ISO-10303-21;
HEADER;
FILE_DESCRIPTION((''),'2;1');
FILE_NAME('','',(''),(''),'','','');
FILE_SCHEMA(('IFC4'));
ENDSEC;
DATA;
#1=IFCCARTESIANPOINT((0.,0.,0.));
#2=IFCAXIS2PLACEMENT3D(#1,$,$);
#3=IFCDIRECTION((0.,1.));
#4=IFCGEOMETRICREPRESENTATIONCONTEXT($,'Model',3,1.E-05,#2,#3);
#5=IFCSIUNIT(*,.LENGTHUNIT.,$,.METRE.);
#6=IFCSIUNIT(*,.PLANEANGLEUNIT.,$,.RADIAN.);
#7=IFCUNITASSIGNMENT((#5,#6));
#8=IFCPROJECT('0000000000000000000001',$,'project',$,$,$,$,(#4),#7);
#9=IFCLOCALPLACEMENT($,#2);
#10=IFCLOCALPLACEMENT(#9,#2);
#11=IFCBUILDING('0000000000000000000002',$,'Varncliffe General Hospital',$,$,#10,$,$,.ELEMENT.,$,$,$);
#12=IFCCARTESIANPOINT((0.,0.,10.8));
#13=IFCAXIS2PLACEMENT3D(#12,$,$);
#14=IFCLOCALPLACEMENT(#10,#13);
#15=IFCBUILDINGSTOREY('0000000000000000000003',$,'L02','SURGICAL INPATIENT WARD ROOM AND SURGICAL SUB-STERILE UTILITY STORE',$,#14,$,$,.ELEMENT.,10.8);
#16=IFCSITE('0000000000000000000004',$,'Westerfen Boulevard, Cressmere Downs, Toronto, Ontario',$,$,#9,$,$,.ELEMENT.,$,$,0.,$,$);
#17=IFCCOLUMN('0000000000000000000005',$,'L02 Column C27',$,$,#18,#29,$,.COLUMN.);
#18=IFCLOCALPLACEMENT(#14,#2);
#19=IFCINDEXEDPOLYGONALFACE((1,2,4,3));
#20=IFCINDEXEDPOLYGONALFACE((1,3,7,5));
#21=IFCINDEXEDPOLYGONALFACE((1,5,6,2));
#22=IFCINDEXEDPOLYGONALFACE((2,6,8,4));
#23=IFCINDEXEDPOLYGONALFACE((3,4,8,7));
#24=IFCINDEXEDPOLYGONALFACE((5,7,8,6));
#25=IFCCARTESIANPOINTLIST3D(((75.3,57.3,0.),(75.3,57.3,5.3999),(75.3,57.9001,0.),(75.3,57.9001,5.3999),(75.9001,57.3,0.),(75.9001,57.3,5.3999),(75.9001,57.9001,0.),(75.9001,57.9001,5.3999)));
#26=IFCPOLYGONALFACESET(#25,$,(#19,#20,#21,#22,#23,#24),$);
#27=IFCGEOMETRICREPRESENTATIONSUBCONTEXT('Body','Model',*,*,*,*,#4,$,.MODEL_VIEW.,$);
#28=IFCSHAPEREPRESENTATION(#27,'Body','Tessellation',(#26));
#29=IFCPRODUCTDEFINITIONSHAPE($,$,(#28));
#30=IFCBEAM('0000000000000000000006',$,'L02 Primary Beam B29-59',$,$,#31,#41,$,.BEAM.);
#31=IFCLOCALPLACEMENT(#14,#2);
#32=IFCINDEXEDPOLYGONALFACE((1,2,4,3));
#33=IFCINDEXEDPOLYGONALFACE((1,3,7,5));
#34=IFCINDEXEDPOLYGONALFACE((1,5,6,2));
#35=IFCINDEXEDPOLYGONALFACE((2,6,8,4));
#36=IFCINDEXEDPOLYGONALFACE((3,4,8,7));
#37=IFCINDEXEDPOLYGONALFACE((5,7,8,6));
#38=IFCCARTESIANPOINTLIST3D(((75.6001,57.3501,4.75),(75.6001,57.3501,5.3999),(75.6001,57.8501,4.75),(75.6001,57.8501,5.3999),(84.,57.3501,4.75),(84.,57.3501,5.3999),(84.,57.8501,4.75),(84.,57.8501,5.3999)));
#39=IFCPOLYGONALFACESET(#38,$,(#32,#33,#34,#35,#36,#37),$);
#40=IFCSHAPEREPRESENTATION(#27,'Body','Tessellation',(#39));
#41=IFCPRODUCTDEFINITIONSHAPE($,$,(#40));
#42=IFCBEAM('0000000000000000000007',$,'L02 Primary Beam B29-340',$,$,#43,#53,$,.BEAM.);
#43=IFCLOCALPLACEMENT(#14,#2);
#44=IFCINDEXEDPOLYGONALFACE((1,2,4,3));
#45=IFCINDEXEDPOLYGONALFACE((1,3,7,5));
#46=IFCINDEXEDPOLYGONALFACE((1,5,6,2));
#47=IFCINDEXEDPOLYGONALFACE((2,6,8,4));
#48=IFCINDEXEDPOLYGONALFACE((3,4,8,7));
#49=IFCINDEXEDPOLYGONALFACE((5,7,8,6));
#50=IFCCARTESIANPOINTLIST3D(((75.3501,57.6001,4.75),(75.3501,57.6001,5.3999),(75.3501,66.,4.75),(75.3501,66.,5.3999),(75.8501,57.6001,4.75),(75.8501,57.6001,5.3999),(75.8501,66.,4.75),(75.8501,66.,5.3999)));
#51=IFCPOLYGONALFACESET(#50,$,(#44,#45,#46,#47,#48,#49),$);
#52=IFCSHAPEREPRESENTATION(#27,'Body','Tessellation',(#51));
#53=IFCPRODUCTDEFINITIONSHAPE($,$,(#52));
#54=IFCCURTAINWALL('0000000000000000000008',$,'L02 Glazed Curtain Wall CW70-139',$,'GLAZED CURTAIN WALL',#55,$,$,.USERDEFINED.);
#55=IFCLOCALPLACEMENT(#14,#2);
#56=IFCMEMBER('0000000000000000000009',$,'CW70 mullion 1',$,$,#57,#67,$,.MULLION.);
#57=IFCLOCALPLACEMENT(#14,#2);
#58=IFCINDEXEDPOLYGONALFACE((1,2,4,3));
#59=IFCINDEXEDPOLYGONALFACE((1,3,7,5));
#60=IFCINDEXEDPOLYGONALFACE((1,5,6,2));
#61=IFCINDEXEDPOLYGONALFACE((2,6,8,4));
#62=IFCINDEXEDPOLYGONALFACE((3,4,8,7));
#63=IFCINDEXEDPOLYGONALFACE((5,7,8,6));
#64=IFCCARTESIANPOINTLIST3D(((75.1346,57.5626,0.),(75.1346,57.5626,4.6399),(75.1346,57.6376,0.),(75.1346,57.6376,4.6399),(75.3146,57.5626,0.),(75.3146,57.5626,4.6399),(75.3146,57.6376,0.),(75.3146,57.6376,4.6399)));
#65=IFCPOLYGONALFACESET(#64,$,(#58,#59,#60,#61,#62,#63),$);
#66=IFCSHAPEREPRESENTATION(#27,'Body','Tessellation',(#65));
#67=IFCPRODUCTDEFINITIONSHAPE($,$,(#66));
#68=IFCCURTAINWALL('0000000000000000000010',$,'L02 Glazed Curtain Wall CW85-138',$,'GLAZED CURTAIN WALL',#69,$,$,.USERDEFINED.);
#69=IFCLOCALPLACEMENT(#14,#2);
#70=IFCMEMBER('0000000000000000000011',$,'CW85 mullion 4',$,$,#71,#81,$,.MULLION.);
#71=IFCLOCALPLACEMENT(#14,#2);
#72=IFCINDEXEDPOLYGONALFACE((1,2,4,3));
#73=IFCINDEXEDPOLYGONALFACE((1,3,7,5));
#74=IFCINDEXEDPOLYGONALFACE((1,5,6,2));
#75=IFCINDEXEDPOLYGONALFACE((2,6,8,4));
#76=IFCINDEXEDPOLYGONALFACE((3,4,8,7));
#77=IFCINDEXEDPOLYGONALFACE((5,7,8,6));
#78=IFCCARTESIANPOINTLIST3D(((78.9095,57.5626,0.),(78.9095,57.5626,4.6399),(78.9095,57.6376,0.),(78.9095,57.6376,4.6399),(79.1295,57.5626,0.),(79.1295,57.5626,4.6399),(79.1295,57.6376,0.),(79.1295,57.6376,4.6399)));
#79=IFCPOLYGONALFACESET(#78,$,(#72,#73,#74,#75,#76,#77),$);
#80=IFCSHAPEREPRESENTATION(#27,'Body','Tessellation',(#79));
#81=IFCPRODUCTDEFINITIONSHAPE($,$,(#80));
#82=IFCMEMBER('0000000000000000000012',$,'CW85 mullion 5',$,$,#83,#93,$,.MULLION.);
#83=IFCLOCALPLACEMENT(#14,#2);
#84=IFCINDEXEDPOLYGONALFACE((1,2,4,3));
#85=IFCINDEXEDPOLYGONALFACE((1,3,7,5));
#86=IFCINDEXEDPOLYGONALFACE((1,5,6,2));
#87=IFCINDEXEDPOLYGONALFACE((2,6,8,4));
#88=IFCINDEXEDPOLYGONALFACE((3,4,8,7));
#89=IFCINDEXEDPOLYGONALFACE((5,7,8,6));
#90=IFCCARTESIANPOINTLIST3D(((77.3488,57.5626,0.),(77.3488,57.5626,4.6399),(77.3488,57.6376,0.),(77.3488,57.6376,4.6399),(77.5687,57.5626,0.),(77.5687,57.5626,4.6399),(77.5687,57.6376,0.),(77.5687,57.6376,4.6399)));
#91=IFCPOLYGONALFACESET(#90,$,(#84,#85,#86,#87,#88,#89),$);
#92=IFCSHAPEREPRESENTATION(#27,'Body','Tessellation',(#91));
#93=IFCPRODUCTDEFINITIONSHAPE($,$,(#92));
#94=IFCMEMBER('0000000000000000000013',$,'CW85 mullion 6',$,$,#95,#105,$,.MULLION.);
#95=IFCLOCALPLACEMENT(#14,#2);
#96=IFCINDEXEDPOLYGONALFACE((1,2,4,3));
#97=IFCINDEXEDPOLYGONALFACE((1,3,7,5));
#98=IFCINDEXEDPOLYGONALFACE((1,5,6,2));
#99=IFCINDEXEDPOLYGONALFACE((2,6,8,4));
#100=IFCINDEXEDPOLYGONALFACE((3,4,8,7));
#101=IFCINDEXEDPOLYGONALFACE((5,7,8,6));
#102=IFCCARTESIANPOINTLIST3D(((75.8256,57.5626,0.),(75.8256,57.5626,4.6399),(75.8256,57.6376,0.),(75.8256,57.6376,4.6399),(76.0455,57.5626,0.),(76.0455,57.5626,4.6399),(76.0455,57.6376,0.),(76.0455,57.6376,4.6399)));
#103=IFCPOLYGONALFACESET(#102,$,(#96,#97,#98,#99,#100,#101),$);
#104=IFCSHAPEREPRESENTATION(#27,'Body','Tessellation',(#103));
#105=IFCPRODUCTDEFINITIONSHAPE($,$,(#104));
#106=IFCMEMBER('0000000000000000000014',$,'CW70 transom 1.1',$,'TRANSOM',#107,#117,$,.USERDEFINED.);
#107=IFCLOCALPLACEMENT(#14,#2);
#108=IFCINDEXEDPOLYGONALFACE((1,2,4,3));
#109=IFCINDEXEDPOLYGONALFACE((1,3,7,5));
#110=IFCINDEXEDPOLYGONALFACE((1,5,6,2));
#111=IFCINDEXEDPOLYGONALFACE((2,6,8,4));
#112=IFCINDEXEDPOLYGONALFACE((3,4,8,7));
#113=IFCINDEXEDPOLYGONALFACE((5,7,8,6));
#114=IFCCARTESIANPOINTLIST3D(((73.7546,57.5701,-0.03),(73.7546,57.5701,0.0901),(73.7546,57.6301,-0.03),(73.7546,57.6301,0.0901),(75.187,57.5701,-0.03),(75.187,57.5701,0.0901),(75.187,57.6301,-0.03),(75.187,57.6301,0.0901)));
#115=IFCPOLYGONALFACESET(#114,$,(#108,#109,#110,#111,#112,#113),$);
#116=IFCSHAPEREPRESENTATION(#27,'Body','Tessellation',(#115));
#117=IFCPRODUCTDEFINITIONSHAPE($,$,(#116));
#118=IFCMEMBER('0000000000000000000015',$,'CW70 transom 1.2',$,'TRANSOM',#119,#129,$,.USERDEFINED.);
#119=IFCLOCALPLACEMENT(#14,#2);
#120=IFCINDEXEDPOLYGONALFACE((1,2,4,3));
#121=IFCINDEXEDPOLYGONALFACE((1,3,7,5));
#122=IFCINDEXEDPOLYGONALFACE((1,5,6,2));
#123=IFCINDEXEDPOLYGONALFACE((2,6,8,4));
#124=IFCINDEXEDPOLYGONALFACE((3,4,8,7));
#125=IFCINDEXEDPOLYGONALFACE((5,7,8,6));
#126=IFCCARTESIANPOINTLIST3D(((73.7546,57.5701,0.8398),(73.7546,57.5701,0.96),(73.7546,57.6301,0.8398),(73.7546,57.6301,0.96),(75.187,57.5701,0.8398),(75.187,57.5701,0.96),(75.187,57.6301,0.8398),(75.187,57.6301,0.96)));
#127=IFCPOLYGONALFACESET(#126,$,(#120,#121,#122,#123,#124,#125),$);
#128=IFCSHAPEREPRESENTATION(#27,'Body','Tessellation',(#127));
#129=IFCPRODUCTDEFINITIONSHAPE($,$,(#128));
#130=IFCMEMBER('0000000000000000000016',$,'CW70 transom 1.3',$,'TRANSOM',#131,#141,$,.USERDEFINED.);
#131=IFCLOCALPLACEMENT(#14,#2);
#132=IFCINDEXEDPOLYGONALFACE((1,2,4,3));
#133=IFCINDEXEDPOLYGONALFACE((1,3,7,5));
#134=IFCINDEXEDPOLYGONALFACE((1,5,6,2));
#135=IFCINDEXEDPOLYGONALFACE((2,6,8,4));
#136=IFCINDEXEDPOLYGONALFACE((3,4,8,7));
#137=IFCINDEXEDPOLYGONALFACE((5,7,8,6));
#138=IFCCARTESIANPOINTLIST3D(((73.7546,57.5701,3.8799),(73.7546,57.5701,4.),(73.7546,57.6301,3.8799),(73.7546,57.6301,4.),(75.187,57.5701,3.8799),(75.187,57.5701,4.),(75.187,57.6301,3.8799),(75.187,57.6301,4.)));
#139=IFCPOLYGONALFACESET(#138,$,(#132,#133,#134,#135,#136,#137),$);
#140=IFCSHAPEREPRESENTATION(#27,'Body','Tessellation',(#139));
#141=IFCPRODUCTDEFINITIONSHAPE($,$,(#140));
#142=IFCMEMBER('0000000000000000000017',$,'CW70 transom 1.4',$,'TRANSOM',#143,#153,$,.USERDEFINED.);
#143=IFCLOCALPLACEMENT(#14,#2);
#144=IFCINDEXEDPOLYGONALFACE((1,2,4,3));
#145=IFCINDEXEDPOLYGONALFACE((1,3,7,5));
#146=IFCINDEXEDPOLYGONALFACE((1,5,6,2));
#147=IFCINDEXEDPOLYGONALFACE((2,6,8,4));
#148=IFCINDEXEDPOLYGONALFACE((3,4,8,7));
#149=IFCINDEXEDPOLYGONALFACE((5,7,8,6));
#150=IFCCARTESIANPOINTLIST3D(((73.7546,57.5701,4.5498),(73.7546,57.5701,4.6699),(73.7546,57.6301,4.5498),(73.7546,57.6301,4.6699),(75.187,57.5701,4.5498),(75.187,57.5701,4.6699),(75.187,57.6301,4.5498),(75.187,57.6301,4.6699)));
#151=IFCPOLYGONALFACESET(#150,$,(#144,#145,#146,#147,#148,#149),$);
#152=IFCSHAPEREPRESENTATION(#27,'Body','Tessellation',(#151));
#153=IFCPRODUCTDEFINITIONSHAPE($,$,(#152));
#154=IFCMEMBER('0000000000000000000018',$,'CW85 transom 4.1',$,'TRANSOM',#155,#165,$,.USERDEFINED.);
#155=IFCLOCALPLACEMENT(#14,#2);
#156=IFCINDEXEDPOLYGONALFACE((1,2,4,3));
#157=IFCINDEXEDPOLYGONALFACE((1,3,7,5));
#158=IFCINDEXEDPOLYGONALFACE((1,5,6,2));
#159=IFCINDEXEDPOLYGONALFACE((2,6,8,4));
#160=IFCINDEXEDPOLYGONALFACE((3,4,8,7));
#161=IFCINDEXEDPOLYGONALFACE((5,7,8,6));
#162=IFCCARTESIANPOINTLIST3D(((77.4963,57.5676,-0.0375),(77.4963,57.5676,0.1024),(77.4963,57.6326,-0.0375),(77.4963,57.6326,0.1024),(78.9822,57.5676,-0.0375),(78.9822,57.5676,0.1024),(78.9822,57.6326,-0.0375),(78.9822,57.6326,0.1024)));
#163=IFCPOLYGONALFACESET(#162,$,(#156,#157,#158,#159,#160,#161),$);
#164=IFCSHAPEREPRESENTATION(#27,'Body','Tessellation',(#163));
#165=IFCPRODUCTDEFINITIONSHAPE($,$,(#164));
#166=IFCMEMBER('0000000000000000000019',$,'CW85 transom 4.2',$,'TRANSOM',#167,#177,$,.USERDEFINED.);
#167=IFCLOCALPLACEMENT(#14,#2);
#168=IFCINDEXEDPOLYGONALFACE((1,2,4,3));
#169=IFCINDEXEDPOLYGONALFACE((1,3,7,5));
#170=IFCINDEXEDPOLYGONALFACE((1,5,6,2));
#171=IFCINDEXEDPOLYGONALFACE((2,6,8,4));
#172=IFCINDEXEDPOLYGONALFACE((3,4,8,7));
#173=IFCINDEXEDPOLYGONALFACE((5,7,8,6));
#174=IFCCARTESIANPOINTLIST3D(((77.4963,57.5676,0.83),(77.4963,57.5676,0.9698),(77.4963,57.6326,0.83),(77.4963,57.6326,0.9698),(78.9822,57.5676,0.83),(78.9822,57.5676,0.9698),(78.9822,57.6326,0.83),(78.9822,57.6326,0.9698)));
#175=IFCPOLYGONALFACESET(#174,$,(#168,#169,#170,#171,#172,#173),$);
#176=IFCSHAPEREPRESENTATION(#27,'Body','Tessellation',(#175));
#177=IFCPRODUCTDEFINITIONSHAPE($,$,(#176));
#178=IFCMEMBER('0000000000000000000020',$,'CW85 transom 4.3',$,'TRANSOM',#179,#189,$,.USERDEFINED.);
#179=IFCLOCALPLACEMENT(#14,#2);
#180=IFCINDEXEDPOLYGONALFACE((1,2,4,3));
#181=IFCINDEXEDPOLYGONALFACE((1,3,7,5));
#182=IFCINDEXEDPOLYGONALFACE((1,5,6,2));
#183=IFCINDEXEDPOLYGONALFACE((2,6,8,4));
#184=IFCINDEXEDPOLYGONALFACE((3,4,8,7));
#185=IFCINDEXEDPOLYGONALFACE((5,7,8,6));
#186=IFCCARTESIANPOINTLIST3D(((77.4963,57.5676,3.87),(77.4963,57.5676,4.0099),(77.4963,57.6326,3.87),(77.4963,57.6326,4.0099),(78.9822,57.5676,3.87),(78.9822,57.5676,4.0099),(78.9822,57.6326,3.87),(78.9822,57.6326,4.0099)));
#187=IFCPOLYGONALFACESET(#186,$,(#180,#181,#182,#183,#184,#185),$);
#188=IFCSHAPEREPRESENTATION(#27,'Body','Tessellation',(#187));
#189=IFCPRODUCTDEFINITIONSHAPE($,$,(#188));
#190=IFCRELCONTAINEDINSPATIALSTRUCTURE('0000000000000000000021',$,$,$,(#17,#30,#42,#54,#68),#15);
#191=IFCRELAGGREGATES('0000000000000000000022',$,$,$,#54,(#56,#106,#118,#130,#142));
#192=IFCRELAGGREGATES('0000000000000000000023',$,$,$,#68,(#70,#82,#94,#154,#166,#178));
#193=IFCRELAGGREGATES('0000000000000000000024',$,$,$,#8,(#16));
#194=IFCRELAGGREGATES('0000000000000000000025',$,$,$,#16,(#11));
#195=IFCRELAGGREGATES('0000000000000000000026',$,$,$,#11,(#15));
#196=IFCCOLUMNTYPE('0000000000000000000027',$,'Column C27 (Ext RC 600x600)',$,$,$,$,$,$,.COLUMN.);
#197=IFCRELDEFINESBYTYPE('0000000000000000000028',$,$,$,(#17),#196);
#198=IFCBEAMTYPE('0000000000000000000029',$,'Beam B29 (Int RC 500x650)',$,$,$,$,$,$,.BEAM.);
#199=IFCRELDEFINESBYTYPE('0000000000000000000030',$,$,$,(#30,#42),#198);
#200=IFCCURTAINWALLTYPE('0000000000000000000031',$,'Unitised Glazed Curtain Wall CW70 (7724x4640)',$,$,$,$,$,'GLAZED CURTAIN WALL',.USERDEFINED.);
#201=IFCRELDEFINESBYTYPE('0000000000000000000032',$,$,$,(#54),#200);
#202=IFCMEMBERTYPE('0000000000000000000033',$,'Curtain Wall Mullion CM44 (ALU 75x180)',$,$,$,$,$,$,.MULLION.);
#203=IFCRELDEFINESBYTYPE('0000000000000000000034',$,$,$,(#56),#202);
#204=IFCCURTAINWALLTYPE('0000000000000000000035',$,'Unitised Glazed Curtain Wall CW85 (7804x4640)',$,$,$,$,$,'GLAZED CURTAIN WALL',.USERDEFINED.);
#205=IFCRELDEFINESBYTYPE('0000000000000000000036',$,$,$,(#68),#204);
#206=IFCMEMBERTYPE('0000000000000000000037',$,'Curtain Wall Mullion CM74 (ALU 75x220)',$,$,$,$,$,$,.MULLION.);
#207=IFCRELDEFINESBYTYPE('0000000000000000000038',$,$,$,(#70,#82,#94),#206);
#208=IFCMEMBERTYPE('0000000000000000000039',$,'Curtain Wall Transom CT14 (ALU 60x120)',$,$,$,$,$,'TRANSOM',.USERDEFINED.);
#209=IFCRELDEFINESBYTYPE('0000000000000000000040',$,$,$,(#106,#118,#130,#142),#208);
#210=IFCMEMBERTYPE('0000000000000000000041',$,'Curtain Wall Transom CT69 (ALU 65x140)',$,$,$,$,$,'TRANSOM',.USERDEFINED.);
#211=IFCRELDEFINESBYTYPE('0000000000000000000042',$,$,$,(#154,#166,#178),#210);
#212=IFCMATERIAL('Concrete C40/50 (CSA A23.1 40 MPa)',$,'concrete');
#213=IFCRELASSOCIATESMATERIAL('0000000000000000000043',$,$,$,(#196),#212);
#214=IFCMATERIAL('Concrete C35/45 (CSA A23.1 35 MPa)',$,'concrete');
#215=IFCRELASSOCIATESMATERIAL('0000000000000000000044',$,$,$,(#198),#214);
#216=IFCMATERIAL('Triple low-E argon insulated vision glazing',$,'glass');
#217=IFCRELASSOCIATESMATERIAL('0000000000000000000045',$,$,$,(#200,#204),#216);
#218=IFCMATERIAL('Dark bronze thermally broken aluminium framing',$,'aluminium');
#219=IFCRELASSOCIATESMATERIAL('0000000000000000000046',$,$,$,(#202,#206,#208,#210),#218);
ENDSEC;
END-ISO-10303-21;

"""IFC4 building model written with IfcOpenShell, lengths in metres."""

from ifc_helpers import new_model, si_unit, direction, frame, origin, origin_2d, place, context, subcontext, project, spatial, rectangle, extrude, material, material_profile, profile_set, type_object, element, aggregate, save


model = new_model("IFC4")

# Units and contexts
model_context = context("Model", 3, precision=1e-05, world=origin(), true_north=direction((0.0, 1.0)))
body_context = subcontext(model_context, "Body", "Model", "MODEL_VIEW")
ifc_project = project(units=[si_unit("LENGTHUNIT", "METRE"), si_unit("PLANEANGLEUNIT", "RADIAN")], contexts=[model_context])

# Site, building, storey
site_placement = place(None, origin())
site = spatial("IfcSite", under=ifc_project, at=site_placement, Name="Westerfen Boulevard, Cressmere Downs, Toronto, Ontario", CompositionType="ELEMENT", RefElevation=0.0)
building_placement = place(site_placement, origin())
building = spatial("IfcBuilding", under=site, at=building_placement, Name="Varncliffe General Hospital", CompositionType="ELEMENT")
storey_placement = place(building_placement, frame((0.0, 0.0, 10.8)))
storey = spatial("IfcBuildingStorey", under=building, at=storey_placement, Name="L02", Description="SURGICAL INPATIENT WARD ROOM AND SURGICAL SUB-STERILE UTILITY STORE", CompositionType="ELEMENT", Elevation=10.8)

# Column
ifc_material_1 = material(Name="Concrete C40/50 (CSA A23.1 40 MPa)", Category="concrete")
ifc_material_profile_1 = material_profile(ifc_material_1, rectangle(XDim=0.6001, YDim=0.6001, at=origin_2d()), Name="RC 600x600")
ifc_profile_set_1 = profile_set([ifc_material_profile_1], Name="Concrete C40/50 (CSA A23.1 40 MPa)")
column_type = type_object("IfcColumnType", Name="Column C27 (Ext RC 600x600)", PredefinedType="COLUMN", material=ifc_profile_set_1)
column_placement = place(storey_placement, frame((75.6001, 57.6001, 0.0), z_axis=(0.0, 0.0, 1.0), x_axis=(1.0, 0.0, 0.0)))
element("IfcColumn", 1, at=column_placement, inside=storey, type_object=column_type, Name="L02 Column C27", PredefinedType="COLUMN", context=body_context, shape_type="SweptSolid", body=[
    extrude(rectangle(XDim=0.6001, YDim=0.6001, at=origin_2d()), origin(), (0.0, 0.0, 1.0), 5.3999),
])

# Beams
ifc_material_2 = material(Name="Concrete C35/45 (CSA A23.1 35 MPa)", Category="concrete")
ifc_material_profile_2 = material_profile(ifc_material_2, rectangle(XDim=0.5, YDim=0.6499, at=origin_2d()), Name="RC 500x650")
ifc_profile_set_2 = profile_set([ifc_material_profile_2], Name="Concrete C35/45 (CSA A23.1 35 MPa)")
beam_type = type_object("IfcBeamType", Name="Beam B29 (Int RC 500x650)", PredefinedType="BEAM", material=ifc_profile_set_2)
for number, where, z_axis, x_axis, name in (
    (2, (75.6001, 57.6001, 5.075), (1.0, 0.0, 0.0), (0.0, 1.0, 0.0), "L02 Primary Beam B29-59"),
    (3, (75.6001, 57.6001, 5.075), (0.0, 1.0, 0.0), (-1.0, 0.0, 0.0), "L02 Primary Beam B29-340"),
):
    element("IfcBeam", number, at=place(storey_placement, frame(where, z_axis=z_axis, x_axis=x_axis)), inside=storey, type_object=beam_type, Name=name, PredefinedType="BEAM", context=body_context, shape_type="SweptSolid", body=[
        extrude(rectangle(XDim=0.5, YDim=0.6499, at=origin_2d()), origin(), (0.0, 0.0, 1.0), 8.3999),
    ])

# Curtain wall, member
ifc_material_3 = material(Name="Triple low-E argon insulated vision glazing", Category="glass")
curtain_wall_type_1 = type_object("IfcCurtainWallType", Name="Unitised Glazed Curtain Wall CW70 (7724x4640)", ElementType="GLAZED CURTAIN WALL", PredefinedType="USERDEFINED", material=ifc_material_3)
curtain_wall_1_placement = place(storey_placement, origin())
curtain_wall_1 = element("IfcCurtainWall", 4, at=curtain_wall_1_placement, inside=storey, type_object=curtain_wall_type_1, Name="L02 Glazed Curtain Wall CW70-139", ObjectType="GLAZED CURTAIN WALL", PredefinedType="USERDEFINED")
ifc_material_4 = material(Name="Dark bronze thermally broken aluminium framing", Category="aluminium")
ifc_material_profile_3 = material_profile(ifc_material_4, rectangle(XDim=0.075, YDim=0.1799, at=origin_2d()), Name="ALU 75x180")
ifc_profile_set_3 = profile_set([ifc_material_profile_3], Name="Dark bronze thermally broken aluminium framing")
member_type_1 = type_object("IfcMemberType", Name="Curtain Wall Mullion CM44 (ALU 75x180)", PredefinedType="MULLION", material=ifc_profile_set_3)
member_1_placement = place(storey_placement, frame((75.2246, 57.6001, 0.0), z_axis=(0.0, 0.0, 1.0), x_axis=(0.0, -1.0, 0.0)))
member_1 = element("IfcMember", 5, at=member_1_placement, type_object=member_type_1, Name="CW70 mullion 1", PredefinedType="MULLION", context=body_context, shape_type="SweptSolid", body=[
    extrude(rectangle(XDim=0.075, YDim=0.1799, at=origin_2d()), origin(), (0.0, 0.0, 1.0), 4.6399),
])

# Curtain wall, members
curtain_wall_type_2 = type_object("IfcCurtainWallType", Name="Unitised Glazed Curtain Wall CW85 (7804x4640)", ElementType="GLAZED CURTAIN WALL", PredefinedType="USERDEFINED", material=ifc_material_3)
curtain_wall_2_placement = place(storey_placement, origin())
curtain_wall_2 = element("IfcCurtainWall", 6, at=curtain_wall_2_placement, inside=storey, type_object=curtain_wall_type_2, Name="L02 Glazed Curtain Wall CW85-138", ObjectType="GLAZED CURTAIN WALL", PredefinedType="USERDEFINED")
ifc_material_profile_4 = material_profile(ifc_material_4, rectangle(XDim=0.075, YDim=0.22, at=origin_2d()), Name="ALU 75x220")
ifc_profile_set_4 = profile_set([ifc_material_profile_4], Name="Dark bronze thermally broken aluminium framing")
member_type_2 = type_object("IfcMemberType", Name="Curtain Wall Mullion CM74 (ALU 75x220)", PredefinedType="MULLION", material=ifc_profile_set_4)
member_2_placement = place(storey_placement, frame((79.0195, 57.6001, 0.0), z_axis=(0.0, 0.0, 1.0), x_axis=(0.0, -1.0, 0.0)))
member_2 = element("IfcMember", 7, at=member_2_placement, type_object=member_type_2, Name="CW85 mullion 4", PredefinedType="MULLION", context=body_context, shape_type="SweptSolid", body=[
    extrude(rectangle(XDim=0.075, YDim=0.22, at=origin_2d()), origin(), (0.0, 0.0, 1.0), 4.6399),
])
member_3_placement = place(storey_placement, frame((77.4587, 57.6001, 0.0), z_axis=(0.0, 0.0, 1.0), x_axis=(0.0, -1.0, 0.0)))
member_3 = element("IfcMember", 8, at=member_3_placement, type_object=member_type_2, Name="CW85 mullion 5", PredefinedType="MULLION", context=body_context, shape_type="SweptSolid", body=[
    extrude(rectangle(XDim=0.075, YDim=0.22, at=origin_2d()), origin(), (0.0, 0.0, 1.0), 4.6399),
])
member_4_placement = place(storey_placement, frame((75.9355, 57.6001, 0.0), z_axis=(0.0, 0.0, 1.0), x_axis=(0.0, -1.0, 0.0)))
member_4 = element("IfcMember", 9, at=member_4_placement, type_object=member_type_2, Name="CW85 mullion 6", PredefinedType="MULLION", context=body_context, shape_type="SweptSolid", body=[
    extrude(rectangle(XDim=0.075, YDim=0.22, at=origin_2d()), origin(), (0.0, 0.0, 1.0), 4.6399),
])

# Members
ifc_material_profile_5 = material_profile(ifc_material_4, rectangle(XDim=0.0601, YDim=0.1201, at=origin_2d()), Name="ALU 60x120")
ifc_profile_set_5 = profile_set([ifc_material_profile_5], Name="Dark bronze thermally broken aluminium framing")
member_type_3 = type_object("IfcMemberType", Name="Curtain Wall Transom CT14 (ALU 60x120)", ElementType="TRANSOM", PredefinedType="USERDEFINED", material=ifc_profile_set_5)
member_5_placement = place(storey_placement, frame((75.187, 57.6001, 0.03), z_axis=(-1.0, 0.0, 0.0), x_axis=(0.0, -1.0, 0.0)))
member_5 = element("IfcMember", 10, at=member_5_placement, type_object=member_type_3, Name="CW70 transom 1.1", ObjectType="TRANSOM", PredefinedType="USERDEFINED", context=body_context, shape_type="SweptSolid", body=[
    extrude(rectangle(XDim=0.0601, YDim=0.1201, at=origin_2d()), origin(), (0.0, 0.0, 1.0), 1.4324),
])
member_6_placement = place(storey_placement, frame((75.187, 57.6001, 0.8999), z_axis=(-1.0, 0.0, 0.0), x_axis=(0.0, -1.0, 0.0)))
member_6 = element("IfcMember", 11, at=member_6_placement, type_object=member_type_3, Name="CW70 transom 1.2", ObjectType="TRANSOM", PredefinedType="USERDEFINED", context=body_context, shape_type="SweptSolid", body=[
    extrude(rectangle(XDim=0.0601, YDim=0.1201, at=origin_2d()), origin(), (0.0, 0.0, 1.0), 1.4324),
])
member_7_placement = place(storey_placement, frame((75.187, 57.6001, 3.9399), z_axis=(-1.0, 0.0, 0.0), x_axis=(0.0, -1.0, 0.0)))
member_7 = element("IfcMember", 12, at=member_7_placement, type_object=member_type_3, Name="CW70 transom 1.3", ObjectType="TRANSOM", PredefinedType="USERDEFINED", context=body_context, shape_type="SweptSolid", body=[
    extrude(rectangle(XDim=0.0601, YDim=0.1201, at=origin_2d()), origin(), (0.0, 0.0, 1.0), 1.4324),
])
member_8_placement = place(storey_placement, frame((75.187, 57.6001, 4.6099), z_axis=(-1.0, 0.0, 0.0), x_axis=(0.0, -1.0, 0.0)))
member_8 = element("IfcMember", 13, at=member_8_placement, type_object=member_type_3, Name="CW70 transom 1.4", ObjectType="TRANSOM", PredefinedType="USERDEFINED", context=body_context, shape_type="SweptSolid", body=[
    extrude(rectangle(XDim=0.0601, YDim=0.1201, at=origin_2d()), origin(), (0.0, 0.0, 1.0), 1.4324),
])
ifc_material_profile_6 = material_profile(ifc_material_4, rectangle(XDim=0.0649, YDim=0.1399, at=origin_2d()), Name="ALU 65x140")
ifc_profile_set_6 = profile_set([ifc_material_profile_6], Name="Dark bronze thermally broken aluminium framing")
member_type_4 = type_object("IfcMemberType", Name="Curtain Wall Transom CT69 (ALU 65x140)", ElementType="TRANSOM", PredefinedType="USERDEFINED", material=ifc_profile_set_6)
member_9_placement = place(storey_placement, frame((78.9822, 57.6001, 0.0325), z_axis=(-1.0, 0.0, 0.0), x_axis=(0.0, -1.0, 0.0)))
member_9 = element("IfcMember", 14, at=member_9_placement, type_object=member_type_4, Name="CW85 transom 4.1", ObjectType="TRANSOM", PredefinedType="USERDEFINED", context=body_context, shape_type="SweptSolid", body=[
    extrude(rectangle(XDim=0.0649, YDim=0.1399, at=origin_2d()), origin(), (0.0, 0.0, 1.0), 1.4858),
])
member_10_placement = place(storey_placement, frame((78.9822, 57.6001, 0.8999), z_axis=(-1.0, 0.0, 0.0), x_axis=(0.0, -1.0, 0.0)))
member_10 = element("IfcMember", 15, at=member_10_placement, type_object=member_type_4, Name="CW85 transom 4.2", ObjectType="TRANSOM", PredefinedType="USERDEFINED", context=body_context, shape_type="SweptSolid", body=[
    extrude(rectangle(XDim=0.0649, YDim=0.1399, at=origin_2d()), origin(), (0.0, 0.0, 1.0), 1.4858),
])
member_11_placement = place(storey_placement, frame((78.9822, 57.6001, 3.9399), z_axis=(-1.0, 0.0, 0.0), x_axis=(0.0, -1.0, 0.0)))
member_11 = element("IfcMember", 16, at=member_11_placement, type_object=member_type_4, Name="CW85 transom 4.3", ObjectType="TRANSOM", PredefinedType="USERDEFINED", context=body_context, shape_type="SweptSolid", body=[
    extrude(rectangle(XDim=0.0649, YDim=0.1399, at=origin_2d()), origin(), (0.0, 0.0, 1.0), 1.4858),
])

aggregate(curtain_wall_1, [member_1, member_5, member_6, member_7, member_8])
aggregate(curtain_wall_2, [member_2, member_3, member_4, member_9, member_10, member_11])

save(model, "model.ifc")
